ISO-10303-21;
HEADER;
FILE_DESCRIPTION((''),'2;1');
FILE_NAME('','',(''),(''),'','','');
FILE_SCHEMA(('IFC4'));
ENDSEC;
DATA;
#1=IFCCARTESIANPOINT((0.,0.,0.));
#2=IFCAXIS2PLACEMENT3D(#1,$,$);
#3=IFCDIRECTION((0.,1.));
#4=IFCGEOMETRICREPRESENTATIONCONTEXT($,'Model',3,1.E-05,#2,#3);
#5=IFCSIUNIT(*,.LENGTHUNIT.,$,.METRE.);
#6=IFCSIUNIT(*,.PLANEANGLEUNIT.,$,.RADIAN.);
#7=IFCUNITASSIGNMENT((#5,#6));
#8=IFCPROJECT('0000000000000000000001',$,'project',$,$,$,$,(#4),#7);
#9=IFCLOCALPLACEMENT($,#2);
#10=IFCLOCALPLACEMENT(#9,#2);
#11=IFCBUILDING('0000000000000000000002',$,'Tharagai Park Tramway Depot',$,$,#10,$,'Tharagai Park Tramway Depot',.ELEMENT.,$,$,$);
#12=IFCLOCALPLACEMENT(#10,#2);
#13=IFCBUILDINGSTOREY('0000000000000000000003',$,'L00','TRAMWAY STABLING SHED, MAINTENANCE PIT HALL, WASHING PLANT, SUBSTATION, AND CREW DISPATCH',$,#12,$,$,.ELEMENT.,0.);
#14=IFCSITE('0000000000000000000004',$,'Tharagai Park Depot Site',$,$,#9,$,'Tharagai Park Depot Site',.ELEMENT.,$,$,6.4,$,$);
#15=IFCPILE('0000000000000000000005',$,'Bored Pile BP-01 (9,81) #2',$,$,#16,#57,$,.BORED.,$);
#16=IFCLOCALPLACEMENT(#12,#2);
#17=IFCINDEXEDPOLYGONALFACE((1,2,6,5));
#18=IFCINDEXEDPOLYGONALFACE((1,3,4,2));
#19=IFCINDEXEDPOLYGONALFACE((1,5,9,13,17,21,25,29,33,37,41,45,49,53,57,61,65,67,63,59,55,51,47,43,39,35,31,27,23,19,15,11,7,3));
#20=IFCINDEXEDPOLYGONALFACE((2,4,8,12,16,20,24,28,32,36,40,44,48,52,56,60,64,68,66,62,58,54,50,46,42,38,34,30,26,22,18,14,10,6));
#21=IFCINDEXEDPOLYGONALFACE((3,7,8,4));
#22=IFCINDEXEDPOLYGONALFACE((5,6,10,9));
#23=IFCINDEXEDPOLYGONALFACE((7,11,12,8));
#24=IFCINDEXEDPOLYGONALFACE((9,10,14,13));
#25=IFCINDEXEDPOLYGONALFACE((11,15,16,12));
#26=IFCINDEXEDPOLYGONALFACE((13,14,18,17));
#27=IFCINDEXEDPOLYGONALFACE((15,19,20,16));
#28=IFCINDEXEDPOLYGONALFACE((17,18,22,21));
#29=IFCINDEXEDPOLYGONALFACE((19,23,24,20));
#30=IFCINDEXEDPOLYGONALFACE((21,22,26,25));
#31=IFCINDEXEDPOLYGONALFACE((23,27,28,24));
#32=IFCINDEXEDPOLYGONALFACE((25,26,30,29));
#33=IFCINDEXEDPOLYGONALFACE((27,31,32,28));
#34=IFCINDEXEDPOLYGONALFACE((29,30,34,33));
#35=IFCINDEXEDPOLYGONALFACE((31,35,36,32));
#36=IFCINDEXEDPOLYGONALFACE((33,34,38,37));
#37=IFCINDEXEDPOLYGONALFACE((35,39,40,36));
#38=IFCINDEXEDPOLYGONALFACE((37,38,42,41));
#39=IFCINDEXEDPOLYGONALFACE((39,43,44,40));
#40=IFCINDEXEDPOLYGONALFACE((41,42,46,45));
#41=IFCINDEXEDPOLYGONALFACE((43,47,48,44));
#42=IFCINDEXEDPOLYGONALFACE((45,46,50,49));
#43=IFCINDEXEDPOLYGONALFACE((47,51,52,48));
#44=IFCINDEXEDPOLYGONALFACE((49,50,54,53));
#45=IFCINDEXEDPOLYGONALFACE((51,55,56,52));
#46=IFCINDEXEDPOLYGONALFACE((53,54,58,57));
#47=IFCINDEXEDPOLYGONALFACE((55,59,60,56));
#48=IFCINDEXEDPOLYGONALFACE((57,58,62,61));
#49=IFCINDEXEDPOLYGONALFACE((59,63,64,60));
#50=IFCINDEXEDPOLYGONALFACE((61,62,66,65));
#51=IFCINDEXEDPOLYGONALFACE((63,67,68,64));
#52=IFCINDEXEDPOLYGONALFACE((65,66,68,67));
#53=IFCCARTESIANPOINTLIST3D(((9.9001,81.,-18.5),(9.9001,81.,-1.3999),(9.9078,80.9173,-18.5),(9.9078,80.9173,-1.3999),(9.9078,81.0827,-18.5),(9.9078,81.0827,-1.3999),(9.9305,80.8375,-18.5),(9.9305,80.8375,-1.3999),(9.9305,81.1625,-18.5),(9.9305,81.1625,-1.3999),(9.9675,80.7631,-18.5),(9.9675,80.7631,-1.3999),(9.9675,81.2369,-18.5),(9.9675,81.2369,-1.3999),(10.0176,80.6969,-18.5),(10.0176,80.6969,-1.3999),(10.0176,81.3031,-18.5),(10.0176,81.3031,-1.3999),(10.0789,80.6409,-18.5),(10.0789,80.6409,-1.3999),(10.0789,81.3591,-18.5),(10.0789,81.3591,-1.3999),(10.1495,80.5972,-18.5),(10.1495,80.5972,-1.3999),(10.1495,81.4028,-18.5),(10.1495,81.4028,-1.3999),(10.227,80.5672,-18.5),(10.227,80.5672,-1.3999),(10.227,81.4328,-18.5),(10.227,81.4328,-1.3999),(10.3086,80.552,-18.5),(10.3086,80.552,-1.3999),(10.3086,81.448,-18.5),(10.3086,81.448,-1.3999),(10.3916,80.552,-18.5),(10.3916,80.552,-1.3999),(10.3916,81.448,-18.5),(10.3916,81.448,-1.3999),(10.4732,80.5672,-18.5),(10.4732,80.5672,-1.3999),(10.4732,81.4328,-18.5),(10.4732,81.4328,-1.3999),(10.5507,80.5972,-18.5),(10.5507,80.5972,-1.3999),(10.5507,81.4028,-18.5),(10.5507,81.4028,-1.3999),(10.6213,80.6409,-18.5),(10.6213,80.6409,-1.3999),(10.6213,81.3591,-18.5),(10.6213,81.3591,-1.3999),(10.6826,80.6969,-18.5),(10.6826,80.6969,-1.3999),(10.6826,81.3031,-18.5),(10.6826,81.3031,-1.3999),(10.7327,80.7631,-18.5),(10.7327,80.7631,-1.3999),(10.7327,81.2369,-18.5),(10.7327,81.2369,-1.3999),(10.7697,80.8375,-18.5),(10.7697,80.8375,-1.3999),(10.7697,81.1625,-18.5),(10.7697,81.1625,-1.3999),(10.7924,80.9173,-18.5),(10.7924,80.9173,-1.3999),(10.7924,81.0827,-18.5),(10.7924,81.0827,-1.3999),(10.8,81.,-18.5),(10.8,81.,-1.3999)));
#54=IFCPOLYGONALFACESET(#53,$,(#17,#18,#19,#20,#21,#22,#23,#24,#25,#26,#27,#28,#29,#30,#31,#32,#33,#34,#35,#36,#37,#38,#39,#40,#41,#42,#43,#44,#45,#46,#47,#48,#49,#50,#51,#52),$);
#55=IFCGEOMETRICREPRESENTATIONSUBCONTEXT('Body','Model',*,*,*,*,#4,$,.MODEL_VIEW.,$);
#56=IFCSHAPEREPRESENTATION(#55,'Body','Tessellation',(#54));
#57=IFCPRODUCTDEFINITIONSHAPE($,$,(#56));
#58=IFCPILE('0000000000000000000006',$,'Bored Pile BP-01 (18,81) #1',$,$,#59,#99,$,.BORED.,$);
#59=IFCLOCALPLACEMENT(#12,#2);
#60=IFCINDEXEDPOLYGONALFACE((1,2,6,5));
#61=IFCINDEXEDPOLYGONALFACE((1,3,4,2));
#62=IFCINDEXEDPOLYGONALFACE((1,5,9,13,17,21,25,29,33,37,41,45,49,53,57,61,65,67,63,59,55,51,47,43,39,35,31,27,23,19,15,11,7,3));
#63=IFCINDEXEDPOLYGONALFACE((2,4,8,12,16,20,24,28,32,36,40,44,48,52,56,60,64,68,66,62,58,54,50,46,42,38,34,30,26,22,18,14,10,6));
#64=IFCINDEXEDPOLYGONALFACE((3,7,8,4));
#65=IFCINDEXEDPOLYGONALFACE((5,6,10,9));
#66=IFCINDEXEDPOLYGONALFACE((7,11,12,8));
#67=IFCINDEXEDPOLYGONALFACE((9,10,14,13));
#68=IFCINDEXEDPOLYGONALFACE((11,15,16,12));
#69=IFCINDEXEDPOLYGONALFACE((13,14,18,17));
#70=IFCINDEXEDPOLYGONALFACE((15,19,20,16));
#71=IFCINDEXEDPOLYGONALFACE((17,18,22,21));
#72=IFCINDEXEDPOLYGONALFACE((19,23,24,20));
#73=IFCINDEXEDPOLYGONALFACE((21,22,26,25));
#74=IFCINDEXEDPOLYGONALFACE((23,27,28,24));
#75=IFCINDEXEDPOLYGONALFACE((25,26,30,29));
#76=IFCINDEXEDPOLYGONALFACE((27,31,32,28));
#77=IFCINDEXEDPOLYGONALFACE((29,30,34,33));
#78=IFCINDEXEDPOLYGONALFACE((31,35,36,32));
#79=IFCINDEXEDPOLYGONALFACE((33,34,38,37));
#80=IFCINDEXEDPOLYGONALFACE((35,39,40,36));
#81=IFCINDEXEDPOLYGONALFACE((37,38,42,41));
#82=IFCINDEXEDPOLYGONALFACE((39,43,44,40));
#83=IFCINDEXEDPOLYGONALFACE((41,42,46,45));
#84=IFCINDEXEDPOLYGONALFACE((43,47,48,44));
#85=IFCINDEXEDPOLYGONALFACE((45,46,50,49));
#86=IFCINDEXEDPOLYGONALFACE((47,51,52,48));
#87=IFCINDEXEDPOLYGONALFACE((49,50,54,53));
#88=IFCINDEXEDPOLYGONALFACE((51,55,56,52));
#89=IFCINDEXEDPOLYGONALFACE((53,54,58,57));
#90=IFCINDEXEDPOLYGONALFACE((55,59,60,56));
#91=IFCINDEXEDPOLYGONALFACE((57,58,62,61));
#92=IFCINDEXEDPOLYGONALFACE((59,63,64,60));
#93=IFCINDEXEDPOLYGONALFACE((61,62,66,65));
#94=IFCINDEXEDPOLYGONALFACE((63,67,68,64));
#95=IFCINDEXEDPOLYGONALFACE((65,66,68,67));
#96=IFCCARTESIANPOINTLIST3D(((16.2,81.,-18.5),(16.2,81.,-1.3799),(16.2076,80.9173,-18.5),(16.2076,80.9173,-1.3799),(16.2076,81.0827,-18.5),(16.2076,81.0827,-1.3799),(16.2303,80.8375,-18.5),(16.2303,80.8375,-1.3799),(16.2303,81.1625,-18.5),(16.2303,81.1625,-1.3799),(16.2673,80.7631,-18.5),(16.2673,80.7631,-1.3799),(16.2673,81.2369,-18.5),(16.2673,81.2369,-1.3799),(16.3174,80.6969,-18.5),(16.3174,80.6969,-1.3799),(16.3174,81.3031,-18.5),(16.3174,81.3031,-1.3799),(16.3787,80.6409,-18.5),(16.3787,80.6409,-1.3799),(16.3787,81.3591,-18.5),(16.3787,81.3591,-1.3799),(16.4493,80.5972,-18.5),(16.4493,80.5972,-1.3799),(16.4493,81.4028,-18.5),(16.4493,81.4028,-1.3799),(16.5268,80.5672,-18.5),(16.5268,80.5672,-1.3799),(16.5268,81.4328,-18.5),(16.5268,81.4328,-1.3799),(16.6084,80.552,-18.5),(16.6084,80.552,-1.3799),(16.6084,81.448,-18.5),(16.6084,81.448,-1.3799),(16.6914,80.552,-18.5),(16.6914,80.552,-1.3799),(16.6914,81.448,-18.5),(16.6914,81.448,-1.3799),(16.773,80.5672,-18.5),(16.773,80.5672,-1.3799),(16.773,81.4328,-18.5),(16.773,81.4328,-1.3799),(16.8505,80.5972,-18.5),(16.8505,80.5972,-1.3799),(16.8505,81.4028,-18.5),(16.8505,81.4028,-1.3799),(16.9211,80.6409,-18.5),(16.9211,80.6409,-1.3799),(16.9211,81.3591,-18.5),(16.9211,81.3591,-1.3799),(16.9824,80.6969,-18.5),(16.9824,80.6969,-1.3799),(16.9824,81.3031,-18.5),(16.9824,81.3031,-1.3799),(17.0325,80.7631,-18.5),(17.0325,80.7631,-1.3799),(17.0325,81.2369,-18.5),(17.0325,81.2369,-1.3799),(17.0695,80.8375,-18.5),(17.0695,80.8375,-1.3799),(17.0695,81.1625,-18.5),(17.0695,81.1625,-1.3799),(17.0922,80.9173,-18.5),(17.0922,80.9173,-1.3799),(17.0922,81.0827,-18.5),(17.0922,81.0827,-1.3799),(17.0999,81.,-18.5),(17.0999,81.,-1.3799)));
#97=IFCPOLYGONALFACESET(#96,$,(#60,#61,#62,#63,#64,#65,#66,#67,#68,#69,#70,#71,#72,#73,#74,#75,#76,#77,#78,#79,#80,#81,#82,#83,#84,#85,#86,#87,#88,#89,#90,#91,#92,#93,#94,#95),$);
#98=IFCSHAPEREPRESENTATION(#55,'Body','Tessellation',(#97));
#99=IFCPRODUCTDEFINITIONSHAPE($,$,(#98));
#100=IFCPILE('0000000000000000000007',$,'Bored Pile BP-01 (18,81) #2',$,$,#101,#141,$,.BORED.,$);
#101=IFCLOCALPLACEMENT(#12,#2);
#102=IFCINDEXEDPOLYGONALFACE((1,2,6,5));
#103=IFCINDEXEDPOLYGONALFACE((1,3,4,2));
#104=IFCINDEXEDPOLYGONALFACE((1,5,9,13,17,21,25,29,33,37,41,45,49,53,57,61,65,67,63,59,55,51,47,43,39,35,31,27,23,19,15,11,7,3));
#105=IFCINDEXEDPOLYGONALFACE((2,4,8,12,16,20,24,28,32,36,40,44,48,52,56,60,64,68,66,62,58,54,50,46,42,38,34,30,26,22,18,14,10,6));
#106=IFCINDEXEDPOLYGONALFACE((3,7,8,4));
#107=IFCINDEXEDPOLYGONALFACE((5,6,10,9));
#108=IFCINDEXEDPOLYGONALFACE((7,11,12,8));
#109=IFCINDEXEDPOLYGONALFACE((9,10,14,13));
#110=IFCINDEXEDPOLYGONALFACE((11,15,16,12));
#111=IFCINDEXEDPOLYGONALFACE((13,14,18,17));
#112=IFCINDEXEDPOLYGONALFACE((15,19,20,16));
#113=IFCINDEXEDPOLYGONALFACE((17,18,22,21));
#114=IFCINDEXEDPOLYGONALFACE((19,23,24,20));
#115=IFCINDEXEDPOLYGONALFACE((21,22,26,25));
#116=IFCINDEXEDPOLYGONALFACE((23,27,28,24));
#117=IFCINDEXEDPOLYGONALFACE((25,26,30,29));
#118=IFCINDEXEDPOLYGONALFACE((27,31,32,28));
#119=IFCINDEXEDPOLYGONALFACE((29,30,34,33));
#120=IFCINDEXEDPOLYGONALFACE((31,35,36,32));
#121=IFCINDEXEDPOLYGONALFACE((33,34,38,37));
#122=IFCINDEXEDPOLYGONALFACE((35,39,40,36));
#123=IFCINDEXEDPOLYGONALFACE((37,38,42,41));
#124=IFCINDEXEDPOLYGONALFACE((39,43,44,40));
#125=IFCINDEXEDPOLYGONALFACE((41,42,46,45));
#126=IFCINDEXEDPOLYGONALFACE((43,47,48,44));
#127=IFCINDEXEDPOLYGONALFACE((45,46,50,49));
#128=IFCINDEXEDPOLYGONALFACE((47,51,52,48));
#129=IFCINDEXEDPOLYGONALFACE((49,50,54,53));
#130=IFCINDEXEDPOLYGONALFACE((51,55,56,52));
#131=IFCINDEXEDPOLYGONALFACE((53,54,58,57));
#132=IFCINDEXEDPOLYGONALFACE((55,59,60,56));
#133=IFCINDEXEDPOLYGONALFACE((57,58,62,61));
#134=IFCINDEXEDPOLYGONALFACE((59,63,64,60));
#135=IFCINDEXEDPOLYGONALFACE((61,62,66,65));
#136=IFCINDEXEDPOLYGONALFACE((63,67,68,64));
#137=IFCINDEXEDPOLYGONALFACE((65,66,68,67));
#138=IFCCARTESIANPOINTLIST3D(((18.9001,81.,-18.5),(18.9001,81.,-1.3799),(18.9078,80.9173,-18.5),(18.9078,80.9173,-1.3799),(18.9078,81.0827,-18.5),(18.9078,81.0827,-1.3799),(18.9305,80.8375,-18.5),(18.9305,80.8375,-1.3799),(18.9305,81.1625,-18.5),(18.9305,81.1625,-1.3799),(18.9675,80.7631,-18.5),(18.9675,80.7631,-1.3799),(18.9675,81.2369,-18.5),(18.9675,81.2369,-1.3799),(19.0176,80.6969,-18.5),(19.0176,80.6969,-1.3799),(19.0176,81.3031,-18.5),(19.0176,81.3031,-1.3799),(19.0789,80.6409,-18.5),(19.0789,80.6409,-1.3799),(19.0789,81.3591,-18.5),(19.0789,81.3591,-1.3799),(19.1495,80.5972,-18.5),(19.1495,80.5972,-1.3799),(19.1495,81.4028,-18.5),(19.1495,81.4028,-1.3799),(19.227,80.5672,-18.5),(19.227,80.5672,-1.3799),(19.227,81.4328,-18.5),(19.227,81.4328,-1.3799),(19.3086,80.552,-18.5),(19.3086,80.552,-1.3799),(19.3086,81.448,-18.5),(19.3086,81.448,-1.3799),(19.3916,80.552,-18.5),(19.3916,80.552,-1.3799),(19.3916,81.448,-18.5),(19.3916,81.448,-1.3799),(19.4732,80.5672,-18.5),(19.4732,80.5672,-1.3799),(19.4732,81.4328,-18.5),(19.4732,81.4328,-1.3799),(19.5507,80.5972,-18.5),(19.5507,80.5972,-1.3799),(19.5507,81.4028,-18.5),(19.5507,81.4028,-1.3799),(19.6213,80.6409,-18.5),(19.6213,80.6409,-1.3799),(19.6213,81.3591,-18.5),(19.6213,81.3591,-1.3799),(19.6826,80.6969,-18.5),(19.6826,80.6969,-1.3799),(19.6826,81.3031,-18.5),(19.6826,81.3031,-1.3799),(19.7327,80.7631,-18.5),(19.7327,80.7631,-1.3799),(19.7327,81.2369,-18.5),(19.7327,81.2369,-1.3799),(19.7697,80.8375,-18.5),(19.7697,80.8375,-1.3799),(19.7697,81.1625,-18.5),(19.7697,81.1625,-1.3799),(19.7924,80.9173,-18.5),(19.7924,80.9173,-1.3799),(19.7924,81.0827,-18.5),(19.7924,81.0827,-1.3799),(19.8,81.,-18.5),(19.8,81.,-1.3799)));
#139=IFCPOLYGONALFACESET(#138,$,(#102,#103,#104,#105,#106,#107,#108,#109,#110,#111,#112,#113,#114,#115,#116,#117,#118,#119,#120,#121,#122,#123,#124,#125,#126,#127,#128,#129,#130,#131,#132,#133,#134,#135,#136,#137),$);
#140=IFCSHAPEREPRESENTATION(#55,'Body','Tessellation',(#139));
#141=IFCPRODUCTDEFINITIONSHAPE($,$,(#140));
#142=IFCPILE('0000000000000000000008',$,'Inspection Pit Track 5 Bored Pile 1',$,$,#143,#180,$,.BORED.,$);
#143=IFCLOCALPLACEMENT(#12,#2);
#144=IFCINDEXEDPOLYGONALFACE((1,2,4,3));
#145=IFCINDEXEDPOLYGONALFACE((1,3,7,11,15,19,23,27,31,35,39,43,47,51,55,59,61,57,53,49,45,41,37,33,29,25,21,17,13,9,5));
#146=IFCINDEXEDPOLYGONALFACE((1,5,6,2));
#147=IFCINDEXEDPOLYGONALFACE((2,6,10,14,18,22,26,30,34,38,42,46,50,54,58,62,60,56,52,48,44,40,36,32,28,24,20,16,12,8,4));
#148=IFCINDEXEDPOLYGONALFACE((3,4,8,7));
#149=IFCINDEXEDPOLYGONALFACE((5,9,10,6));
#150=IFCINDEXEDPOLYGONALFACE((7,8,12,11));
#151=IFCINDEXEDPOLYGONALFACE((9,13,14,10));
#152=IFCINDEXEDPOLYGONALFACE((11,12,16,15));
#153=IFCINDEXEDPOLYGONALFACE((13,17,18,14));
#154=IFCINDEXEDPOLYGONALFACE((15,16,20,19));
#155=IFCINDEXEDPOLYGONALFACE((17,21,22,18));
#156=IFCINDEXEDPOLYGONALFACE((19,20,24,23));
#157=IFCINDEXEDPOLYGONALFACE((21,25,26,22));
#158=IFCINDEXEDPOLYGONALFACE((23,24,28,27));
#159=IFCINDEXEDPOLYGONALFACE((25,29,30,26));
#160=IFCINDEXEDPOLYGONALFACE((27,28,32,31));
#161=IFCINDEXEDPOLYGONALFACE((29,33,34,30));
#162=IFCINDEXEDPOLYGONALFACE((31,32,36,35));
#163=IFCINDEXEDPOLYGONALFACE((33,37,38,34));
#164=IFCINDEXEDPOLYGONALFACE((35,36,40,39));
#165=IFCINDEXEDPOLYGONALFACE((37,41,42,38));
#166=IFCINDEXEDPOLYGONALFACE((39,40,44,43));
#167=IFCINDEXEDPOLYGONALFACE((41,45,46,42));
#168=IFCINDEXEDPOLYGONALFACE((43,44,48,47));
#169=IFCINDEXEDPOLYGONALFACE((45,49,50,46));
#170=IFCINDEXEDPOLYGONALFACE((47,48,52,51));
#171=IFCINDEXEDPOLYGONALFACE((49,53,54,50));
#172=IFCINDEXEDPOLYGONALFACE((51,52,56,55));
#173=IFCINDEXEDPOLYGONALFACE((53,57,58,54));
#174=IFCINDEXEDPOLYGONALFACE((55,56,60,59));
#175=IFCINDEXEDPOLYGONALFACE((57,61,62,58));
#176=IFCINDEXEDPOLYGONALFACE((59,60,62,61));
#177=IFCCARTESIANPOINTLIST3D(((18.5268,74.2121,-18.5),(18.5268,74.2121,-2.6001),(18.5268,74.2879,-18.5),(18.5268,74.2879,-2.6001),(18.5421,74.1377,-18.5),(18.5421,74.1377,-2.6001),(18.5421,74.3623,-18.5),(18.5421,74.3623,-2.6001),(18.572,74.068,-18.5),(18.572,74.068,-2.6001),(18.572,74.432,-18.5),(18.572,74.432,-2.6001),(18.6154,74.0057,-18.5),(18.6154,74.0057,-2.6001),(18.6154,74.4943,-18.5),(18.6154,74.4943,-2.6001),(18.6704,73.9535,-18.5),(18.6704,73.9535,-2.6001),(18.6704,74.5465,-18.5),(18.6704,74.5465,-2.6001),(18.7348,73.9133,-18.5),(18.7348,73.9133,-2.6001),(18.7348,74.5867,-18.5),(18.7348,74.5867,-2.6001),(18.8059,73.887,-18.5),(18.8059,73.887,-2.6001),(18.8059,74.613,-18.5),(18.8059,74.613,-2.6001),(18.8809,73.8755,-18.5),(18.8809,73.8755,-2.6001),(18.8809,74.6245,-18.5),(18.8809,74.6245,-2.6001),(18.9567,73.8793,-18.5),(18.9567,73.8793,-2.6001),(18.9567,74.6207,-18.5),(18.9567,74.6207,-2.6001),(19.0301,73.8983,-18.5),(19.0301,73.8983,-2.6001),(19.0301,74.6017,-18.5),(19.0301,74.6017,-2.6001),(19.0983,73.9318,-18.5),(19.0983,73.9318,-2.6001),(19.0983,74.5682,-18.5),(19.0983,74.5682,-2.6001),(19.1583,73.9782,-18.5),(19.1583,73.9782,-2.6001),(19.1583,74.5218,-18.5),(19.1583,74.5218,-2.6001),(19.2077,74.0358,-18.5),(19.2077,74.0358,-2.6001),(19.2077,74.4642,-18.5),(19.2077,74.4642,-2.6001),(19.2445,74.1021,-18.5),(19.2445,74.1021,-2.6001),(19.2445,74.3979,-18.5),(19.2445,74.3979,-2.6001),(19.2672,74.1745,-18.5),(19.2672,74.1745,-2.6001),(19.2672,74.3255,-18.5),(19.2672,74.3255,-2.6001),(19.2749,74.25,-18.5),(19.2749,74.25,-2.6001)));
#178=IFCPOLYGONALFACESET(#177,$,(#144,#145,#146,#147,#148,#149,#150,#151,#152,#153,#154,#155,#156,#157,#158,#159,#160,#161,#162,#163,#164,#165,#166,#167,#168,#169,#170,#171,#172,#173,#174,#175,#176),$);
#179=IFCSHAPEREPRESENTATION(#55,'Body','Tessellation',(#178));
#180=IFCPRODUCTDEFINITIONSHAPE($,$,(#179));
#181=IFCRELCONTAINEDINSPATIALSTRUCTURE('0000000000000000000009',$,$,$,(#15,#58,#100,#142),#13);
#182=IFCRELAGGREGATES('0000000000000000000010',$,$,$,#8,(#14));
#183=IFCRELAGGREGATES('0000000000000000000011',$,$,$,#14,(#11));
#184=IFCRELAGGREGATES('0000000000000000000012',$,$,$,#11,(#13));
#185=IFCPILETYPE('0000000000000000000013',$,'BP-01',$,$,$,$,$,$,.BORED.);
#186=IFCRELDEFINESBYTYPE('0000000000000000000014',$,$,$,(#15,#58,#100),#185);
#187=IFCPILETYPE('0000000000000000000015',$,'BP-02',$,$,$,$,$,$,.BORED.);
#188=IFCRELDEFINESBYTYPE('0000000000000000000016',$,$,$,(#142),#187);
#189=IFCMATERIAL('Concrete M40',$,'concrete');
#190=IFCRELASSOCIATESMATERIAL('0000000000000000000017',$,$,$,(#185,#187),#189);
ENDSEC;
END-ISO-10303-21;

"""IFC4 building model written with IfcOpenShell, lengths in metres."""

from ifc_helpers import new_model, si_unit, direction, frame, origin, origin_2d, place, context, subcontext, project, spatial, circle, extrude, material, material_profile, profile_set, type_object, element, save


model = new_model("IFC4")

# Units and contexts
model_context = context("Model", 3, precision=1e-05, world=origin(), true_north=direction((0.0, 1.0)))
body_context = subcontext(model_context, "Body", "Model", "MODEL_VIEW")
ifc_project = project(units=[si_unit("LENGTHUNIT", "METRE"), si_unit("PLANEANGLEUNIT", "RADIAN")], contexts=[model_context])

# Site, building, storey
site_placement = place(None, origin())
site = spatial("IfcSite", under=ifc_project, at=site_placement, Name="Tharagai Park Depot Site", LongName="Tharagai Park Depot Site", CompositionType="ELEMENT", RefElevation=6.4)
building_placement = place(site_placement, origin())
building = spatial("IfcBuilding", under=site, at=building_placement, Name="Tharagai Park Tramway Depot", LongName="Tharagai Park Tramway Depot", CompositionType="ELEMENT")
storey_placement = place(building_placement, origin())
storey = spatial("IfcBuildingStorey", under=building, at=storey_placement, Name="L00", Description="TRAMWAY STABLING SHED, MAINTENANCE PIT HALL, WASHING PLANT, SUBSTATION, AND CREW DISPATCH", CompositionType="ELEMENT", Elevation=0.0)

# Piles
ifc_material_1 = material(Name="Concrete M40", Category="concrete")
ifc_material_profile_1 = material_profile(ifc_material_1, circle(Radius=0.45, at=origin_2d()), Name="PILE D900")
ifc_profile_set_1 = profile_set([ifc_material_profile_1], Name="Concrete M40")
pile_type_1 = type_object("IfcPileType", Name="BP-01", PredefinedType="BORED", material=ifc_profile_set_1)
pile_placement = place(storey_placement, frame((10.3501, 81.0, -1.3999), z_axis=(0.0, 0.0, -1.0), x_axis=(1.0, 0.0, 0.0)))
element("IfcPile", 1, at=pile_placement, inside=storey, type_object=pile_type_1, Name="Bored Pile BP-01 (9,81) #2", PredefinedType="BORED", context=body_context, shape_type="SweptSolid", body=[
    extrude(circle(Radius=0.45, at=origin_2d()), origin(), (0.0, 0.0, 1.0), 17.1001),
])
for number, where, z_axis, x_axis, name in (
    (2, (16.6499, 81.0, -1.3799), (0.0, 0.0, -1.0), (1.0, 0.0, 0.0), "Bored Pile BP-01 (18,81) #1"),
    (3, (19.3501, 81.0, -1.3799), (0.0, 0.0, -1.0), (1.0, 0.0, 0.0), "Bored Pile BP-01 (18,81) #2"),
):
    element("IfcPile", number, at=place(storey_placement, frame(where, z_axis=z_axis, x_axis=x_axis)), inside=storey, type_object=pile_type_1, Name=name, PredefinedType="BORED", context=body_context, shape_type="SweptSolid", body=[
        extrude(circle(Radius=0.45, at=origin_2d()), origin(), (0.0, 0.0, 1.0), 17.1201),
    ])
ifc_material_profile_2 = material_profile(ifc_material_1, circle(Radius=0.375, at=origin_2d()), Name="PILE D750")
ifc_profile_set_2 = profile_set([ifc_material_profile_2], Name="Concrete M40")
pile_type_2 = type_object("IfcPileType", Name="BP-02", PredefinedType="BORED", material=ifc_profile_set_2)
for number, where, z_axis, x_axis, name in (
    (4, (18.8999, 74.25, -2.6001), (0.0, 0.0, -1.0), (1.0, 0.0, 0.0), "Inspection Pit Track 5 Bored Pile 1"),
):
    element("IfcPile", number, at=place(storey_placement, frame(where, z_axis=z_axis, x_axis=x_axis)), inside=storey, type_object=pile_type_2, Name=name, PredefinedType="BORED", context=body_context, shape_type="SweptSolid", body=[
        extrude(circle(Radius=0.375, at=origin_2d()), origin(), (0.0, 0.0, 1.0), 15.8999),
    ])

save(model, "model.ifc")
